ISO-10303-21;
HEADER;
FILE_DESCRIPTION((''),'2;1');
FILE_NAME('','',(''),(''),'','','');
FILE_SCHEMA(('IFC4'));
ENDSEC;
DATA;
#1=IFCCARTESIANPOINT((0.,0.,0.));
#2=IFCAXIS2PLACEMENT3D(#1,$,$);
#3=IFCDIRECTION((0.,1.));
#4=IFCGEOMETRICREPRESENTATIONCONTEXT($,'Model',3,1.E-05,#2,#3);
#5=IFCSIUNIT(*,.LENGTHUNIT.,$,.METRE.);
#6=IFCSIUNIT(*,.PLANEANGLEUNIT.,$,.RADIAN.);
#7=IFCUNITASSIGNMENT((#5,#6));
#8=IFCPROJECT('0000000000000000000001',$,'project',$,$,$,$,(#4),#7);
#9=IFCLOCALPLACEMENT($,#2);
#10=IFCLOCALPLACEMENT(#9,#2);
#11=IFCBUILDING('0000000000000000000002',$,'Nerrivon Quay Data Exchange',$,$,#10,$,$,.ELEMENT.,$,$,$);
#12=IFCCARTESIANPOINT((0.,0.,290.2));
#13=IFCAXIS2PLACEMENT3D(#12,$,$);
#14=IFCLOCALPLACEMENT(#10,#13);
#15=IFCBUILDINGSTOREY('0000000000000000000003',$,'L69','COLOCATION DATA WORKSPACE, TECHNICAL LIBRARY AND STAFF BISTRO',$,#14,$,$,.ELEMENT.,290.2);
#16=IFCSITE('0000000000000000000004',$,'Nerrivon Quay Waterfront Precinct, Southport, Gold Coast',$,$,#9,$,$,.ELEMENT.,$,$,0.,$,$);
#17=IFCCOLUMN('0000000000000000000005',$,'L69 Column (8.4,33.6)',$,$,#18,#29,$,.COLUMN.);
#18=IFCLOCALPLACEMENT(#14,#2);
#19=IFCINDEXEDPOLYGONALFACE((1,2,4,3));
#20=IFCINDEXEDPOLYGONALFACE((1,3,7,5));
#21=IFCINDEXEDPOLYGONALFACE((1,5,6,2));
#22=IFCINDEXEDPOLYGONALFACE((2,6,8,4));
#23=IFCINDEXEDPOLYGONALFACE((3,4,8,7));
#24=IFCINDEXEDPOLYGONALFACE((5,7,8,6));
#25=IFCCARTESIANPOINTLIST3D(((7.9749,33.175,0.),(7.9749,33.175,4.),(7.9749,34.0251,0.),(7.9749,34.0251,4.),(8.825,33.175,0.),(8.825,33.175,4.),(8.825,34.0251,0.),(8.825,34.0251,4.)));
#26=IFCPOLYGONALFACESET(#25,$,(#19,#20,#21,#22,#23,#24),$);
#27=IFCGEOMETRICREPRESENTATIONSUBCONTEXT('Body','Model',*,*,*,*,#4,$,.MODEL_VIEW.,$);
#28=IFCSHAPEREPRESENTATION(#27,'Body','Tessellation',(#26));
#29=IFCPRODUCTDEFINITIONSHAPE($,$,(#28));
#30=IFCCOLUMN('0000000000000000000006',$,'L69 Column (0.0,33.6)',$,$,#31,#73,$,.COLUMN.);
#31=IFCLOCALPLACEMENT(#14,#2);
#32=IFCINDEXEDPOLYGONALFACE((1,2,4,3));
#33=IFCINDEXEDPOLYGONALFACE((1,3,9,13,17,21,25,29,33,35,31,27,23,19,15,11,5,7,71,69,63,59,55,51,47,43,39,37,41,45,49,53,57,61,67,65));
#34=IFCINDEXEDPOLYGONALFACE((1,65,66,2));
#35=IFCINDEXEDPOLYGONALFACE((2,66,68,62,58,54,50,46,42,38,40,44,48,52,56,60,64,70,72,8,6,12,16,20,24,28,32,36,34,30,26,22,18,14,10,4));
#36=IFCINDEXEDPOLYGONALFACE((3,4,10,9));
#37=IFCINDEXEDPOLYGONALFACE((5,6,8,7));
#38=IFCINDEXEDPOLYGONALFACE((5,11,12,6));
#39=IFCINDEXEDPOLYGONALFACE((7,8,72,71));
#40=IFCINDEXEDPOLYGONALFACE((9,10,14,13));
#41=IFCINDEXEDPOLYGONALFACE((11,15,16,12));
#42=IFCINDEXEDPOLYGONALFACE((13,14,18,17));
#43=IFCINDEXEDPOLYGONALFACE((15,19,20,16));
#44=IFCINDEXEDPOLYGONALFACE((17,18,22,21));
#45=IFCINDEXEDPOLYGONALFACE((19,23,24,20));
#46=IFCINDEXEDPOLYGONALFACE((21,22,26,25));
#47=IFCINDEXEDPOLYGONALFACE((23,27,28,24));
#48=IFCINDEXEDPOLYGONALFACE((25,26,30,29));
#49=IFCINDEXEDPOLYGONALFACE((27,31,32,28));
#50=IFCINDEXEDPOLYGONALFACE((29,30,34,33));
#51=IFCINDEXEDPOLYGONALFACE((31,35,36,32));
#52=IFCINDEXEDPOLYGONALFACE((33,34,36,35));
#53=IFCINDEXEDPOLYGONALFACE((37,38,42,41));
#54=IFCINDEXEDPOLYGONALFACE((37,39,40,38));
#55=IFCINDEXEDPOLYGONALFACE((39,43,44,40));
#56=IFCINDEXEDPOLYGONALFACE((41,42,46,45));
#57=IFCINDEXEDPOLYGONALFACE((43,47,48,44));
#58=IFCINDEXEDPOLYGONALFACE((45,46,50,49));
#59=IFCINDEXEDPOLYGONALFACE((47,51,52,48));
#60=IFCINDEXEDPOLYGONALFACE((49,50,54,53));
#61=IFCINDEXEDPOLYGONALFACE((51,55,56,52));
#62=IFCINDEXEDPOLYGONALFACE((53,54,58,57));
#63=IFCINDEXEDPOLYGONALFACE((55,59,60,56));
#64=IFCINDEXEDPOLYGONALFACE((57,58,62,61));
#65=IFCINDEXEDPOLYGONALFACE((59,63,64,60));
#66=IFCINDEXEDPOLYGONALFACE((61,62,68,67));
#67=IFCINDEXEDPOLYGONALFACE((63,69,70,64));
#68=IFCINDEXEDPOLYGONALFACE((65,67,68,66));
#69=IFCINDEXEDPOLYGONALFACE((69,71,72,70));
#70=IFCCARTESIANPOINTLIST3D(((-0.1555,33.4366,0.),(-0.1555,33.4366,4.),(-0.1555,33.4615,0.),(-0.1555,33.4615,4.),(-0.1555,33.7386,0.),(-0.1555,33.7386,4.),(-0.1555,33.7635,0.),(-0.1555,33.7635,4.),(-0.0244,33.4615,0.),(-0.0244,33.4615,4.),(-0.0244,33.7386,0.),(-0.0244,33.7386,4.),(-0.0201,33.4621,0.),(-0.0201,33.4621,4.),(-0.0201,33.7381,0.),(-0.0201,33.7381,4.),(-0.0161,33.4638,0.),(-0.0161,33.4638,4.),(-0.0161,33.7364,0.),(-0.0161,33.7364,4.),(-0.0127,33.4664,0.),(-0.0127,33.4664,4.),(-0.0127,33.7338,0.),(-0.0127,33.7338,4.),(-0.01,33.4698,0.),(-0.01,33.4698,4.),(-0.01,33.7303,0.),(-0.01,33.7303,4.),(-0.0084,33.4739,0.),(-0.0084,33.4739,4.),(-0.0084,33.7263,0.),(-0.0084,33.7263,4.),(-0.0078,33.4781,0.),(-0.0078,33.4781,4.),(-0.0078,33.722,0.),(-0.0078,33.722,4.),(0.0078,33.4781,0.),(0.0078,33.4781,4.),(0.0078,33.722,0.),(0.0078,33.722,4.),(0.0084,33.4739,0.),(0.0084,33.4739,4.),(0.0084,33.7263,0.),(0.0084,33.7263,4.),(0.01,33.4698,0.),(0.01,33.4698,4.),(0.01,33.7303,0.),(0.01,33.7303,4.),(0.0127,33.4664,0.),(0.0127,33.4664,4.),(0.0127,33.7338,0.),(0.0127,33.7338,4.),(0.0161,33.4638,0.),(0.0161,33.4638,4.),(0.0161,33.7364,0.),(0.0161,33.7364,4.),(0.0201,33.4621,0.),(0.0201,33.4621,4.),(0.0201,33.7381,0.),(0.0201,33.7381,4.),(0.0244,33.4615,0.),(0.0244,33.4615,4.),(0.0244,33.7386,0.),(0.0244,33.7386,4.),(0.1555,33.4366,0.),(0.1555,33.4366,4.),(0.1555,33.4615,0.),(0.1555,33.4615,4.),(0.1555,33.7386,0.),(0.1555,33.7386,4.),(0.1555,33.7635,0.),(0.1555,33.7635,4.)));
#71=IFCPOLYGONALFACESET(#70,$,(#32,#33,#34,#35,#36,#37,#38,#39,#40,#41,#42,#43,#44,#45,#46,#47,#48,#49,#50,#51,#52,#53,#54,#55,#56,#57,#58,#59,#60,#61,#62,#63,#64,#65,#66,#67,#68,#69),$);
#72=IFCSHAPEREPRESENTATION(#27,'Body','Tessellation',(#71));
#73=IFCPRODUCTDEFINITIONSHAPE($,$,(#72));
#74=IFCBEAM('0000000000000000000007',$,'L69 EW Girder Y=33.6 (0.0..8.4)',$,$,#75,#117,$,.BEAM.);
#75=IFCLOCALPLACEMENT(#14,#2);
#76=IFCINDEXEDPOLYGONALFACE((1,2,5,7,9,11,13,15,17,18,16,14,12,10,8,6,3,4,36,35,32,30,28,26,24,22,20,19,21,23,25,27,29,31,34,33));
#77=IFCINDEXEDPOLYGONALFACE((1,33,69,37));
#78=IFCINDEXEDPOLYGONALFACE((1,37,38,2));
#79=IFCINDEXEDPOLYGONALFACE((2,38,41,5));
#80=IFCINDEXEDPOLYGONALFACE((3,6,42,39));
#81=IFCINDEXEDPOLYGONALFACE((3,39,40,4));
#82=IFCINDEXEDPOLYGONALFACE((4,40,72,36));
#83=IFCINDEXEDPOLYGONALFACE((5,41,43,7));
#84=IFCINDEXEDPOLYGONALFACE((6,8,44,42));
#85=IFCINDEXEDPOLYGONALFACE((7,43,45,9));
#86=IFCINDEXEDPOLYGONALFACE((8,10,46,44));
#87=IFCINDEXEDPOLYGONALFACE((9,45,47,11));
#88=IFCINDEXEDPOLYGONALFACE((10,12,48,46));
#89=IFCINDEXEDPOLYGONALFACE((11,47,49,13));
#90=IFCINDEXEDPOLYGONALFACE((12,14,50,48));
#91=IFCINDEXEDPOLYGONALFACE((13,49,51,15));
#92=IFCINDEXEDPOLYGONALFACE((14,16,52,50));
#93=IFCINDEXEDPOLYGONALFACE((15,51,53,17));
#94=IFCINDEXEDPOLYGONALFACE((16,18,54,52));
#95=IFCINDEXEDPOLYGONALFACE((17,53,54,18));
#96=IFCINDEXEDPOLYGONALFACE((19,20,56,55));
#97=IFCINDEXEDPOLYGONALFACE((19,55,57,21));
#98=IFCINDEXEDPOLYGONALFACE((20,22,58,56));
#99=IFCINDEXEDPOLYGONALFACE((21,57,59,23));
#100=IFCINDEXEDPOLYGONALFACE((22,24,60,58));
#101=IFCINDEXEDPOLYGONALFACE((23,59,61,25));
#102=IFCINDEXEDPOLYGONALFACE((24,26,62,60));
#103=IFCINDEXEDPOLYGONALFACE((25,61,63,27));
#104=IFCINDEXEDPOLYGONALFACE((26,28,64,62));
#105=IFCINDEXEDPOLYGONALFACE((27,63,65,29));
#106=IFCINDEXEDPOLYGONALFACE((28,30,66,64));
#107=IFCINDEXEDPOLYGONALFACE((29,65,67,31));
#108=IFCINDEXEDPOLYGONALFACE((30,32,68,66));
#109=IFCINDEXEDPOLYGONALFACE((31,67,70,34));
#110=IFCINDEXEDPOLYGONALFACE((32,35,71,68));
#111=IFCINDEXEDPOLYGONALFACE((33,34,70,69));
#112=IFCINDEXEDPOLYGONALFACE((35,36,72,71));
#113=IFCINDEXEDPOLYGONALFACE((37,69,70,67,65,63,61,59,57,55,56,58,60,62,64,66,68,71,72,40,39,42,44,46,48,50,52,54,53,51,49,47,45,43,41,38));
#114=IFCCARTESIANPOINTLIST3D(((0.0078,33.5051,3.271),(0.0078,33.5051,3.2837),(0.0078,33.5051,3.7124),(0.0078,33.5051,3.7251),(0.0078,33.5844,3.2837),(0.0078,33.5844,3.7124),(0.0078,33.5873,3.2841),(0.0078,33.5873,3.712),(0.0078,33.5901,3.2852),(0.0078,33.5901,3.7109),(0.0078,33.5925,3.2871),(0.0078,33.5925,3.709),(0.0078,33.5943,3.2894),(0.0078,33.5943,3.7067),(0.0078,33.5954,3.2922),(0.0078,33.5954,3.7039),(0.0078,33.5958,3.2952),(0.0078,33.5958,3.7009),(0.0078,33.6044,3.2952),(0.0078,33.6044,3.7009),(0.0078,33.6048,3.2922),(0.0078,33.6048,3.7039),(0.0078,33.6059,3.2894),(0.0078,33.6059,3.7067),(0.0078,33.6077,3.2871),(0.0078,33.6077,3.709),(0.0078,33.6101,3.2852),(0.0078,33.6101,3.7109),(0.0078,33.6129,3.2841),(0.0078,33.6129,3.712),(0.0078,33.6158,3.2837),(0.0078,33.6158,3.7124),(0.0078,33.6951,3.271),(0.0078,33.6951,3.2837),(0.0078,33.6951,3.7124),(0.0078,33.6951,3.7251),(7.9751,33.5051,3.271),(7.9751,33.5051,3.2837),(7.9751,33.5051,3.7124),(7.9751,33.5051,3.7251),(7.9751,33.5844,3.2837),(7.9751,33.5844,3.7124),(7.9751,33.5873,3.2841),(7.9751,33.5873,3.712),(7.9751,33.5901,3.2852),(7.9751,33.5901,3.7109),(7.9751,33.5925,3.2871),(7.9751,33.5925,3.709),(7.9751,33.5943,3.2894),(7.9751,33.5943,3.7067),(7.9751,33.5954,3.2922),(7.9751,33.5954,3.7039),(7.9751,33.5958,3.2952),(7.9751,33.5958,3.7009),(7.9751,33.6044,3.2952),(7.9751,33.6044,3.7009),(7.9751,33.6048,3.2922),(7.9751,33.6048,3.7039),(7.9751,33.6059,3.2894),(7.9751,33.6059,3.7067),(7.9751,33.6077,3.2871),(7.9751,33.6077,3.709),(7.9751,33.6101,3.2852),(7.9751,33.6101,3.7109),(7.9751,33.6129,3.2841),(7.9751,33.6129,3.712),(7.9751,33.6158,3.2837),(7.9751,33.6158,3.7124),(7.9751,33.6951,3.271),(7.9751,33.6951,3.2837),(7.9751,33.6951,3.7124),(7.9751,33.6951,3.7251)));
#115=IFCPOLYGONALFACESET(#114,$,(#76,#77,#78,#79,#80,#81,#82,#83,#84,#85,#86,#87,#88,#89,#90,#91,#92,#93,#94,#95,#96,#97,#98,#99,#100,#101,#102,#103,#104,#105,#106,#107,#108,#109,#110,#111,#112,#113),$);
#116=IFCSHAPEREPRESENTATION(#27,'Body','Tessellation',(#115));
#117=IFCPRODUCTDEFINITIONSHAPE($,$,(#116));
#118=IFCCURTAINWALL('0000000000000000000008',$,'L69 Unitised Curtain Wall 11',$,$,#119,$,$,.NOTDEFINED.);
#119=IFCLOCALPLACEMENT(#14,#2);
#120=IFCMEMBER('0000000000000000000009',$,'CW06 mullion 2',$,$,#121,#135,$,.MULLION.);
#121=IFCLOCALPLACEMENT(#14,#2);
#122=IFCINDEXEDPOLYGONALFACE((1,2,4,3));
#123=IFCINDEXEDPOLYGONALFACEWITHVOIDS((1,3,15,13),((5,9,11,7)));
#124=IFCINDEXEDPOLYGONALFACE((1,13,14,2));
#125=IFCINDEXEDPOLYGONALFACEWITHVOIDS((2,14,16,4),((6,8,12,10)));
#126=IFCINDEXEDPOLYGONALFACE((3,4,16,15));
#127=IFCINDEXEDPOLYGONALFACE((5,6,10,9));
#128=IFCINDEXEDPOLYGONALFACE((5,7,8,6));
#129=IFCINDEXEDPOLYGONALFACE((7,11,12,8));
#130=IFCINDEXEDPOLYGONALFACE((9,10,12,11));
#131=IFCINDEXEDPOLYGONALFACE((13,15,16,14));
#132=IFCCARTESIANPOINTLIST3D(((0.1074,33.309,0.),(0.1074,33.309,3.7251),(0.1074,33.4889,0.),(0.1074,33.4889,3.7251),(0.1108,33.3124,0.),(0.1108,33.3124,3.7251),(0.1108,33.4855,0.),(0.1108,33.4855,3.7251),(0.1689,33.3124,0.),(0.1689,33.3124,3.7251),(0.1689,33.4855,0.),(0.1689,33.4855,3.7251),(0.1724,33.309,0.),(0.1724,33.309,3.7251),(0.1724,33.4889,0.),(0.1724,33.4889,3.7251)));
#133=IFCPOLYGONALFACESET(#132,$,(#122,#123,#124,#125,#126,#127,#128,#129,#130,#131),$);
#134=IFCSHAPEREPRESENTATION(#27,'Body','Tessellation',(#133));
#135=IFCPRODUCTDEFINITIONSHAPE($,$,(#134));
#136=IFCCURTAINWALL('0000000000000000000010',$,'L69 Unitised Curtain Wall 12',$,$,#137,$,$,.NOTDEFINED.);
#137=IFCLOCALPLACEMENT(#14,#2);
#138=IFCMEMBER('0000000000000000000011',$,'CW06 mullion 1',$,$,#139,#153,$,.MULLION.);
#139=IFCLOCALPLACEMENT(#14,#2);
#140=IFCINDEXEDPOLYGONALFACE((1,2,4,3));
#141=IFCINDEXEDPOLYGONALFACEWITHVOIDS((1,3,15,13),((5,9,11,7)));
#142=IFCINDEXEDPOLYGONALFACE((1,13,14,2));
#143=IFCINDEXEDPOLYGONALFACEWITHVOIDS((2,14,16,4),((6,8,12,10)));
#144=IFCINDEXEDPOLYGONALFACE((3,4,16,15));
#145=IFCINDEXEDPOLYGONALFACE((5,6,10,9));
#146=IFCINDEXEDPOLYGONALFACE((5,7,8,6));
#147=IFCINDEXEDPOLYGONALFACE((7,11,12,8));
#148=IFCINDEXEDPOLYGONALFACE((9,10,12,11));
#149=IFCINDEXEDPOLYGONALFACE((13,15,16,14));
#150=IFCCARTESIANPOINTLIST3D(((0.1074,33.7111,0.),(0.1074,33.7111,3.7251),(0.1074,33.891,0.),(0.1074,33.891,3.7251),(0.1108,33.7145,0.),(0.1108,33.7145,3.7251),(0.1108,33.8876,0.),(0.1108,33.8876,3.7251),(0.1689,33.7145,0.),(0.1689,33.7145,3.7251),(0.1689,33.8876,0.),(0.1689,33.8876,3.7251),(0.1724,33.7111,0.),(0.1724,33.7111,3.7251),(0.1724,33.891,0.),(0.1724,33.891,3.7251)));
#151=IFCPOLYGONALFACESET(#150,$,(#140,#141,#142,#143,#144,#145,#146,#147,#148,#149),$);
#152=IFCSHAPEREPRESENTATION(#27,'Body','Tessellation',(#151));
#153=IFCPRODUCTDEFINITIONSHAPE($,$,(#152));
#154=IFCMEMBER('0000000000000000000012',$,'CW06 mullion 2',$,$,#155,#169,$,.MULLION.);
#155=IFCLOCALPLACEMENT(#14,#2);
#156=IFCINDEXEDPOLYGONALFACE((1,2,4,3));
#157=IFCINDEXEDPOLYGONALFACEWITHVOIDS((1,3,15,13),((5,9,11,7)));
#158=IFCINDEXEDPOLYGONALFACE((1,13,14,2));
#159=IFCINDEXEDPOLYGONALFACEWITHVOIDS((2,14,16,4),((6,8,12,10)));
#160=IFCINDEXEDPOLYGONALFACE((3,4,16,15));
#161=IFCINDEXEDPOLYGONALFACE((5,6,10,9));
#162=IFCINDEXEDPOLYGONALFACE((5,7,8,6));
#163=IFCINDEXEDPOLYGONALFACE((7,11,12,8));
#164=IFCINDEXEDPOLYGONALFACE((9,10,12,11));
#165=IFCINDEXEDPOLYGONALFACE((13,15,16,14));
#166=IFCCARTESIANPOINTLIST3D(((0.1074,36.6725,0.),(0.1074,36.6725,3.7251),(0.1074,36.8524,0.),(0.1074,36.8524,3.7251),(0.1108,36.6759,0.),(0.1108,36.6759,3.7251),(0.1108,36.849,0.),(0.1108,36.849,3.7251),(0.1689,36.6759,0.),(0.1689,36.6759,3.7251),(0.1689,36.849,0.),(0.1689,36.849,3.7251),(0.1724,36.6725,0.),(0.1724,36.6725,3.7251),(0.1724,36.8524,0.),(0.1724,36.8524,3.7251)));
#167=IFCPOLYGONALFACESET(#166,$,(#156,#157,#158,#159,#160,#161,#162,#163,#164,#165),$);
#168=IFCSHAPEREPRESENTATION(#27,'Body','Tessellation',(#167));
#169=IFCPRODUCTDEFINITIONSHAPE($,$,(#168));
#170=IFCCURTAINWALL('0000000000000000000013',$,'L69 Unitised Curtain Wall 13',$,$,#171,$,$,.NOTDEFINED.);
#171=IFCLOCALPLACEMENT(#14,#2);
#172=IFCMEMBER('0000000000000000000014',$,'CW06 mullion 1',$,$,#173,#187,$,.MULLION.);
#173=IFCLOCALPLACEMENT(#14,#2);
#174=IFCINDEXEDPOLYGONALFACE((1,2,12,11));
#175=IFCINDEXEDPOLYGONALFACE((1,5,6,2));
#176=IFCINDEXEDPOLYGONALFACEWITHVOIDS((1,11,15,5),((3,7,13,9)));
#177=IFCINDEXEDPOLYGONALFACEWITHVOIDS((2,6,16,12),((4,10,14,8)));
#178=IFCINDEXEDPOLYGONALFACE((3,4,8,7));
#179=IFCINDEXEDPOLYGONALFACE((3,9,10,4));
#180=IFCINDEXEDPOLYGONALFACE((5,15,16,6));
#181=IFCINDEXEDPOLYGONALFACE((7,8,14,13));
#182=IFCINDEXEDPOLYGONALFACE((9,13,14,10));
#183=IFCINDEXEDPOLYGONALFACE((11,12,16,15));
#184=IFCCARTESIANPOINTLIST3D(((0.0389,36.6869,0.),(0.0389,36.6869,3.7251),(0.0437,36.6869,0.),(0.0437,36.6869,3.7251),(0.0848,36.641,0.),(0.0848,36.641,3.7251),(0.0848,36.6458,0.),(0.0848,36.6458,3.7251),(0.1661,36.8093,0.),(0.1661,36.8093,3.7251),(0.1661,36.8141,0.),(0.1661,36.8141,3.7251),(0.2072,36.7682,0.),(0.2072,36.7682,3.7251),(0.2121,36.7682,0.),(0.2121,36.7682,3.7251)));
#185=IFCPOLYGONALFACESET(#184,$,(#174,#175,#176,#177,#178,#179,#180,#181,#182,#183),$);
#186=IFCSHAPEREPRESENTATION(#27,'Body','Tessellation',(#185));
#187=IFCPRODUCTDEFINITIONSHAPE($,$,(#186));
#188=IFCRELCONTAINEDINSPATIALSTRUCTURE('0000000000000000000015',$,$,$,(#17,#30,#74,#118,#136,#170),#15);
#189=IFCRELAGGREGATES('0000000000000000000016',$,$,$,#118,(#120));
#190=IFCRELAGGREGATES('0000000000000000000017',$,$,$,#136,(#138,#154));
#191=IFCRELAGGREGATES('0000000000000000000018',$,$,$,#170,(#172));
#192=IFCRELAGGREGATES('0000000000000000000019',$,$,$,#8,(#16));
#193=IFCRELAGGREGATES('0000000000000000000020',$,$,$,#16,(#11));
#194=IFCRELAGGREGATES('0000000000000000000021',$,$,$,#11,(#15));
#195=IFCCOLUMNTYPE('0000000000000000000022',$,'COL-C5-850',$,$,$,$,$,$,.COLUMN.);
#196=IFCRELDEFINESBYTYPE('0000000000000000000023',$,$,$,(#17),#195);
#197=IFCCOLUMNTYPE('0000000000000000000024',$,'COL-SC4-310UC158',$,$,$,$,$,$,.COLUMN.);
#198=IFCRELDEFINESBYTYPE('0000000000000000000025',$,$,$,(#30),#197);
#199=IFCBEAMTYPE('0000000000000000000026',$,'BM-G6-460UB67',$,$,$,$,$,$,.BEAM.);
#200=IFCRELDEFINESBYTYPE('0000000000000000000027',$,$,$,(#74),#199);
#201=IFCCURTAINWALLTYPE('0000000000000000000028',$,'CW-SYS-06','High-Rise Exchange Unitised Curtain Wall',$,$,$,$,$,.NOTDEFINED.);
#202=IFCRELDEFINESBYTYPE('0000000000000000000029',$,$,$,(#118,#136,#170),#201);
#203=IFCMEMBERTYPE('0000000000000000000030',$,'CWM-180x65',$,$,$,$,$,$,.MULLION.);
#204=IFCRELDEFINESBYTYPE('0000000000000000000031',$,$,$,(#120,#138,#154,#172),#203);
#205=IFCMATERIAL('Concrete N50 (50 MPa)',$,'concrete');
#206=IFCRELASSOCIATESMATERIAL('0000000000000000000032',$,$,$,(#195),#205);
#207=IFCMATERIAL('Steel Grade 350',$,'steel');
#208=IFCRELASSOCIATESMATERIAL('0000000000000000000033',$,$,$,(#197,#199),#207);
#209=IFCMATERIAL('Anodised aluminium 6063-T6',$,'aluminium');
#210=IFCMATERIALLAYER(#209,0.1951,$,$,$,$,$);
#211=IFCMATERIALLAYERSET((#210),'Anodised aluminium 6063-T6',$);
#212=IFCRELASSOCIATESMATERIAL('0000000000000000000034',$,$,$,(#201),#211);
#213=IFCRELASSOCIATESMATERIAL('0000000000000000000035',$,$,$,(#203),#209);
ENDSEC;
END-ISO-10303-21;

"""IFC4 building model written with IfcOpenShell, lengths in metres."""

from ifc_helpers import new_model, si_unit, direction, frame, origin, origin_2d, place, context, subcontext, project, spatial, rectangle, hollow_rectangle, i_section, extrude, material, layer, layer_set, material_profile, profile_set, type_object, element, aggregate, save


model = new_model("IFC4")

# Units and contexts
model_context = context("Model", 3, precision=1e-05, world=origin(), true_north=direction((0.0, 1.0)))
body_context = subcontext(model_context, "Body", "Model", "MODEL_VIEW")
ifc_project = project(units=[si_unit("LENGTHUNIT", "METRE"), si_unit("PLANEANGLEUNIT", "RADIAN")], contexts=[model_context])

# Site, building, storey
site_placement = place(None, origin())
site = spatial("IfcSite", under=ifc_project, at=site_placement, Name="Nerrivon Quay Waterfront Precinct, Southport, Gold Coast", CompositionType="ELEMENT", RefElevation=0.0)
building_placement = place(site_placement, origin())
building = spatial("IfcBuilding", under=site, at=building_placement, Name="Nerrivon Quay Data Exchange", CompositionType="ELEMENT")
storey_placement = place(building_placement, frame((0.0, 0.0, 290.2)))
storey = spatial("IfcBuildingStorey", under=building, at=storey_placement, Name="L69", Description="COLOCATION DATA WORKSPACE, TECHNICAL LIBRARY AND STAFF BISTRO", CompositionType="ELEMENT", Elevation=290.2)

# Columns
ifc_material_1 = material(Name="Concrete N50 (50 MPa)", Category="concrete")
ifc_material_profile_1 = material_profile(ifc_material_1, rectangle(XDim=0.8501, YDim=0.8501, at=origin_2d()), Name="RC-COL-850x850")
ifc_profile_set_1 = profile_set([ifc_material_profile_1], Name="Concrete N50 (50 MPa)")
column_type_1 = type_object("IfcColumnType", Name="COL-C5-850", PredefinedType="COLUMN", material=ifc_profile_set_1)
column_1_placement = place(storey_placement, frame((8.3999, 33.6001, 0.0), z_axis=(0.0, 0.0, 1.0), x_axis=(1.0, 0.0, 0.0)))
element("IfcColumn", 1, at=column_1_placement, inside=storey, type_object=column_type_1, Name="L69 Column (8.4,33.6)", PredefinedType="COLUMN", context=body_context, shape_type="SweptSolid", body=[
    extrude(rectangle(XDim=0.8501, YDim=0.8501, at=origin_2d()), origin(), (0.0, 0.0, 1.0), 4.0),
])
ifc_material_2 = material(Name="Steel Grade 350", Category="steel")
ifc_material_profile_2 = material_profile(ifc_material_2, i_section(OverallWidth=0.311, OverallDepth=0.3269, WebThickness=0.0156, FlangeThickness=0.0249, FilletRadius=0.0166, at=origin_2d()), Name="310UC158")
ifc_profile_set_2 = profile_set([ifc_material_profile_2], Name="Steel Grade 350")
column_type_2 = type_object("IfcColumnType", Name="COL-SC4-310UC158", PredefinedType="COLUMN", material=ifc_profile_set_2)
column_2_placement = place(storey_placement, frame((0.0, 33.6001, 0.0), z_axis=(0.0, 0.0, 1.0), x_axis=(1.0, 0.0, 0.0)))
element("IfcColumn", 2, at=column_2_placement, inside=storey, type_object=column_type_2, Name="L69 Column (0.0,33.6)", PredefinedType="COLUMN", context=body_context, shape_type="SweptSolid", body=[
    extrude(i_section(OverallWidth=0.311, OverallDepth=0.3269, WebThickness=0.0156, FlangeThickness=0.0249, FilletRadius=0.0166, at=origin_2d()), origin(), (0.0, 0.0, 1.0), 4.0),
])

# Beam
ifc_material_profile_3 = material_profile(ifc_material_2, i_section(OverallWidth=0.1899, OverallDepth=0.4541, WebThickness=0.0085, FlangeThickness=0.0127, FilletRadius=0.0115, at=origin_2d()), Name="460UB67.1")
ifc_profile_set_3 = profile_set([ifc_material_profile_3], Name="Steel Grade 350")
beam_type = type_object("IfcBeamType", Name="BM-G6-460UB67", PredefinedType="BEAM", material=ifc_profile_set_3)
beam_placement = place(storey_placement, frame((0.0078, 33.6001, 3.498), z_axis=(1.0, 0.0, 0.0), x_axis=(0.0, 1.0, 0.0)))
element("IfcBeam", 3, at=beam_placement, inside=storey, type_object=beam_type, Name="L69 EW Girder Y=33.6 (0.0..8.4)", PredefinedType="BEAM", context=body_context, shape_type="SweptSolid", body=[
    extrude(i_section(OverallWidth=0.1899, OverallDepth=0.4541, WebThickness=0.0085, FlangeThickness=0.0127, FilletRadius=0.0115, at=origin_2d()), origin(), (0.0, 0.0, 1.0), 7.9673),
])

# Curtain wall, member
ifc_material_3 = material(Name="Anodised aluminium 6063-T6", Category="aluminium")
ifc_layer_1 = layer(ifc_material_3, 0.1951)
ifc_layer_set_1 = layer_set([ifc_layer_1], Name="Anodised aluminium 6063-T6")
curtain_wall_type = type_object("IfcCurtainWallType", Name="CW-SYS-06", Description="High-Rise Exchange Unitised Curtain Wall", PredefinedType="NOTDEFINED", material=ifc_layer_set_1)
curtain_wall_1_placement = place(storey_placement, origin())
curtain_wall_1 = element("IfcCurtainWall", 4, at=curtain_wall_1_placement, inside=storey, type_object=curtain_wall_type, Name="L69 Unitised Curtain Wall 11", PredefinedType="NOTDEFINED")
ifc_material_profile_4 = material_profile(ifc_material_3, hollow_rectangle(XDim=0.0649, YDim=0.1799, WallThickness=0.0034, at=origin_2d()), Name="ALU-MULL-180x65")
ifc_profile_set_4 = profile_set([ifc_material_profile_4], Name="Anodised aluminium 6063-T6")
member_type_1 = type_object("IfcMemberType", Name="CWM-180x65", PredefinedType="MULLION", material=ifc_profile_set_4)
member_1_placement = place(storey_placement, frame((0.1399, 33.3989, 0.0), z_axis=(0.0, 0.0, 1.0), x_axis=(-1.0, 0.0, 0.0)))
member_1 = element("IfcMember", 5, at=member_1_placement, type_object=member_type_1, Name="CW06 mullion 2", PredefinedType="MULLION", context=body_context, shape_type="SweptSolid", body=[
    extrude(hollow_rectangle(XDim=0.0649, YDim=0.1799, WallThickness=0.0034, at=origin_2d()), origin(), (0.0, 0.0, 1.0), 3.7251),
])
aggregate(curtain_wall_1, [member_1])

# Curtain walls, members
curtain_wall_2_placement = place(storey_placement, origin())
curtain_wall_2 = element("IfcCurtainWall", 6, at=curtain_wall_2_placement, inside=storey, type_object=curtain_wall_type, Name="L69 Unitised Curtain Wall 12", PredefinedType="NOTDEFINED")
member_2_placement = place(storey_placement, frame((0.1399, 33.801, 0.0), z_axis=(0.0, 0.0, 1.0), x_axis=(-1.0, 0.0, 0.0)))
member_2 = element("IfcMember", 7, at=member_2_placement, type_object=member_type_1, Name="CW06 mullion 1", PredefinedType="MULLION", context=body_context, shape_type="SweptSolid", body=[
    extrude(hollow_rectangle(XDim=0.0649, YDim=0.1799, WallThickness=0.0034, at=origin_2d()), origin(), (0.0, 0.0, 1.0), 3.7251),
])
member_3_placement = place(storey_placement, frame((0.1399, 36.7625, 0.0), z_axis=(0.0, 0.0, 1.0), x_axis=(-1.0, 0.0, 0.0)))
member_3 = element("IfcMember", 8, at=member_3_placement, type_object=member_type_1, Name="CW06 mullion 2", PredefinedType="MULLION", context=body_context, shape_type="SweptSolid", body=[
    extrude(hollow_rectangle(XDim=0.0649, YDim=0.1799, WallThickness=0.0034, at=origin_2d()), origin(), (0.0, 0.0, 1.0), 3.7251),
])
curtain_wall_3_placement = place(storey_placement, origin())
curtain_wall_3 = element("IfcCurtainWall", 9, at=curtain_wall_3_placement, inside=storey, type_object=curtain_wall_type, Name="L69 Unitised Curtain Wall 13", PredefinedType="NOTDEFINED")
member_4_placement = place(storey_placement, frame((0.1255, 36.7275, 0.0), z_axis=(0.0, 0.0, 1.0), x_axis=(-0.707107, 0.707107, 0.0)))
member_4 = element("IfcMember", 10, at=member_4_placement, type_object=member_type_1, Name="CW06 mullion 1", PredefinedType="MULLION", context=body_context, shape_type="SweptSolid", body=[
    extrude(hollow_rectangle(XDim=0.0649, YDim=0.1799, WallThickness=0.0034, at=origin_2d()), origin(), (0.0, 0.0, 1.0), 3.7251),
])

aggregate(curtain_wall_2, [member_2, member_3])
aggregate(curtain_wall_3, [member_4])

save(model, "model.ifc")
